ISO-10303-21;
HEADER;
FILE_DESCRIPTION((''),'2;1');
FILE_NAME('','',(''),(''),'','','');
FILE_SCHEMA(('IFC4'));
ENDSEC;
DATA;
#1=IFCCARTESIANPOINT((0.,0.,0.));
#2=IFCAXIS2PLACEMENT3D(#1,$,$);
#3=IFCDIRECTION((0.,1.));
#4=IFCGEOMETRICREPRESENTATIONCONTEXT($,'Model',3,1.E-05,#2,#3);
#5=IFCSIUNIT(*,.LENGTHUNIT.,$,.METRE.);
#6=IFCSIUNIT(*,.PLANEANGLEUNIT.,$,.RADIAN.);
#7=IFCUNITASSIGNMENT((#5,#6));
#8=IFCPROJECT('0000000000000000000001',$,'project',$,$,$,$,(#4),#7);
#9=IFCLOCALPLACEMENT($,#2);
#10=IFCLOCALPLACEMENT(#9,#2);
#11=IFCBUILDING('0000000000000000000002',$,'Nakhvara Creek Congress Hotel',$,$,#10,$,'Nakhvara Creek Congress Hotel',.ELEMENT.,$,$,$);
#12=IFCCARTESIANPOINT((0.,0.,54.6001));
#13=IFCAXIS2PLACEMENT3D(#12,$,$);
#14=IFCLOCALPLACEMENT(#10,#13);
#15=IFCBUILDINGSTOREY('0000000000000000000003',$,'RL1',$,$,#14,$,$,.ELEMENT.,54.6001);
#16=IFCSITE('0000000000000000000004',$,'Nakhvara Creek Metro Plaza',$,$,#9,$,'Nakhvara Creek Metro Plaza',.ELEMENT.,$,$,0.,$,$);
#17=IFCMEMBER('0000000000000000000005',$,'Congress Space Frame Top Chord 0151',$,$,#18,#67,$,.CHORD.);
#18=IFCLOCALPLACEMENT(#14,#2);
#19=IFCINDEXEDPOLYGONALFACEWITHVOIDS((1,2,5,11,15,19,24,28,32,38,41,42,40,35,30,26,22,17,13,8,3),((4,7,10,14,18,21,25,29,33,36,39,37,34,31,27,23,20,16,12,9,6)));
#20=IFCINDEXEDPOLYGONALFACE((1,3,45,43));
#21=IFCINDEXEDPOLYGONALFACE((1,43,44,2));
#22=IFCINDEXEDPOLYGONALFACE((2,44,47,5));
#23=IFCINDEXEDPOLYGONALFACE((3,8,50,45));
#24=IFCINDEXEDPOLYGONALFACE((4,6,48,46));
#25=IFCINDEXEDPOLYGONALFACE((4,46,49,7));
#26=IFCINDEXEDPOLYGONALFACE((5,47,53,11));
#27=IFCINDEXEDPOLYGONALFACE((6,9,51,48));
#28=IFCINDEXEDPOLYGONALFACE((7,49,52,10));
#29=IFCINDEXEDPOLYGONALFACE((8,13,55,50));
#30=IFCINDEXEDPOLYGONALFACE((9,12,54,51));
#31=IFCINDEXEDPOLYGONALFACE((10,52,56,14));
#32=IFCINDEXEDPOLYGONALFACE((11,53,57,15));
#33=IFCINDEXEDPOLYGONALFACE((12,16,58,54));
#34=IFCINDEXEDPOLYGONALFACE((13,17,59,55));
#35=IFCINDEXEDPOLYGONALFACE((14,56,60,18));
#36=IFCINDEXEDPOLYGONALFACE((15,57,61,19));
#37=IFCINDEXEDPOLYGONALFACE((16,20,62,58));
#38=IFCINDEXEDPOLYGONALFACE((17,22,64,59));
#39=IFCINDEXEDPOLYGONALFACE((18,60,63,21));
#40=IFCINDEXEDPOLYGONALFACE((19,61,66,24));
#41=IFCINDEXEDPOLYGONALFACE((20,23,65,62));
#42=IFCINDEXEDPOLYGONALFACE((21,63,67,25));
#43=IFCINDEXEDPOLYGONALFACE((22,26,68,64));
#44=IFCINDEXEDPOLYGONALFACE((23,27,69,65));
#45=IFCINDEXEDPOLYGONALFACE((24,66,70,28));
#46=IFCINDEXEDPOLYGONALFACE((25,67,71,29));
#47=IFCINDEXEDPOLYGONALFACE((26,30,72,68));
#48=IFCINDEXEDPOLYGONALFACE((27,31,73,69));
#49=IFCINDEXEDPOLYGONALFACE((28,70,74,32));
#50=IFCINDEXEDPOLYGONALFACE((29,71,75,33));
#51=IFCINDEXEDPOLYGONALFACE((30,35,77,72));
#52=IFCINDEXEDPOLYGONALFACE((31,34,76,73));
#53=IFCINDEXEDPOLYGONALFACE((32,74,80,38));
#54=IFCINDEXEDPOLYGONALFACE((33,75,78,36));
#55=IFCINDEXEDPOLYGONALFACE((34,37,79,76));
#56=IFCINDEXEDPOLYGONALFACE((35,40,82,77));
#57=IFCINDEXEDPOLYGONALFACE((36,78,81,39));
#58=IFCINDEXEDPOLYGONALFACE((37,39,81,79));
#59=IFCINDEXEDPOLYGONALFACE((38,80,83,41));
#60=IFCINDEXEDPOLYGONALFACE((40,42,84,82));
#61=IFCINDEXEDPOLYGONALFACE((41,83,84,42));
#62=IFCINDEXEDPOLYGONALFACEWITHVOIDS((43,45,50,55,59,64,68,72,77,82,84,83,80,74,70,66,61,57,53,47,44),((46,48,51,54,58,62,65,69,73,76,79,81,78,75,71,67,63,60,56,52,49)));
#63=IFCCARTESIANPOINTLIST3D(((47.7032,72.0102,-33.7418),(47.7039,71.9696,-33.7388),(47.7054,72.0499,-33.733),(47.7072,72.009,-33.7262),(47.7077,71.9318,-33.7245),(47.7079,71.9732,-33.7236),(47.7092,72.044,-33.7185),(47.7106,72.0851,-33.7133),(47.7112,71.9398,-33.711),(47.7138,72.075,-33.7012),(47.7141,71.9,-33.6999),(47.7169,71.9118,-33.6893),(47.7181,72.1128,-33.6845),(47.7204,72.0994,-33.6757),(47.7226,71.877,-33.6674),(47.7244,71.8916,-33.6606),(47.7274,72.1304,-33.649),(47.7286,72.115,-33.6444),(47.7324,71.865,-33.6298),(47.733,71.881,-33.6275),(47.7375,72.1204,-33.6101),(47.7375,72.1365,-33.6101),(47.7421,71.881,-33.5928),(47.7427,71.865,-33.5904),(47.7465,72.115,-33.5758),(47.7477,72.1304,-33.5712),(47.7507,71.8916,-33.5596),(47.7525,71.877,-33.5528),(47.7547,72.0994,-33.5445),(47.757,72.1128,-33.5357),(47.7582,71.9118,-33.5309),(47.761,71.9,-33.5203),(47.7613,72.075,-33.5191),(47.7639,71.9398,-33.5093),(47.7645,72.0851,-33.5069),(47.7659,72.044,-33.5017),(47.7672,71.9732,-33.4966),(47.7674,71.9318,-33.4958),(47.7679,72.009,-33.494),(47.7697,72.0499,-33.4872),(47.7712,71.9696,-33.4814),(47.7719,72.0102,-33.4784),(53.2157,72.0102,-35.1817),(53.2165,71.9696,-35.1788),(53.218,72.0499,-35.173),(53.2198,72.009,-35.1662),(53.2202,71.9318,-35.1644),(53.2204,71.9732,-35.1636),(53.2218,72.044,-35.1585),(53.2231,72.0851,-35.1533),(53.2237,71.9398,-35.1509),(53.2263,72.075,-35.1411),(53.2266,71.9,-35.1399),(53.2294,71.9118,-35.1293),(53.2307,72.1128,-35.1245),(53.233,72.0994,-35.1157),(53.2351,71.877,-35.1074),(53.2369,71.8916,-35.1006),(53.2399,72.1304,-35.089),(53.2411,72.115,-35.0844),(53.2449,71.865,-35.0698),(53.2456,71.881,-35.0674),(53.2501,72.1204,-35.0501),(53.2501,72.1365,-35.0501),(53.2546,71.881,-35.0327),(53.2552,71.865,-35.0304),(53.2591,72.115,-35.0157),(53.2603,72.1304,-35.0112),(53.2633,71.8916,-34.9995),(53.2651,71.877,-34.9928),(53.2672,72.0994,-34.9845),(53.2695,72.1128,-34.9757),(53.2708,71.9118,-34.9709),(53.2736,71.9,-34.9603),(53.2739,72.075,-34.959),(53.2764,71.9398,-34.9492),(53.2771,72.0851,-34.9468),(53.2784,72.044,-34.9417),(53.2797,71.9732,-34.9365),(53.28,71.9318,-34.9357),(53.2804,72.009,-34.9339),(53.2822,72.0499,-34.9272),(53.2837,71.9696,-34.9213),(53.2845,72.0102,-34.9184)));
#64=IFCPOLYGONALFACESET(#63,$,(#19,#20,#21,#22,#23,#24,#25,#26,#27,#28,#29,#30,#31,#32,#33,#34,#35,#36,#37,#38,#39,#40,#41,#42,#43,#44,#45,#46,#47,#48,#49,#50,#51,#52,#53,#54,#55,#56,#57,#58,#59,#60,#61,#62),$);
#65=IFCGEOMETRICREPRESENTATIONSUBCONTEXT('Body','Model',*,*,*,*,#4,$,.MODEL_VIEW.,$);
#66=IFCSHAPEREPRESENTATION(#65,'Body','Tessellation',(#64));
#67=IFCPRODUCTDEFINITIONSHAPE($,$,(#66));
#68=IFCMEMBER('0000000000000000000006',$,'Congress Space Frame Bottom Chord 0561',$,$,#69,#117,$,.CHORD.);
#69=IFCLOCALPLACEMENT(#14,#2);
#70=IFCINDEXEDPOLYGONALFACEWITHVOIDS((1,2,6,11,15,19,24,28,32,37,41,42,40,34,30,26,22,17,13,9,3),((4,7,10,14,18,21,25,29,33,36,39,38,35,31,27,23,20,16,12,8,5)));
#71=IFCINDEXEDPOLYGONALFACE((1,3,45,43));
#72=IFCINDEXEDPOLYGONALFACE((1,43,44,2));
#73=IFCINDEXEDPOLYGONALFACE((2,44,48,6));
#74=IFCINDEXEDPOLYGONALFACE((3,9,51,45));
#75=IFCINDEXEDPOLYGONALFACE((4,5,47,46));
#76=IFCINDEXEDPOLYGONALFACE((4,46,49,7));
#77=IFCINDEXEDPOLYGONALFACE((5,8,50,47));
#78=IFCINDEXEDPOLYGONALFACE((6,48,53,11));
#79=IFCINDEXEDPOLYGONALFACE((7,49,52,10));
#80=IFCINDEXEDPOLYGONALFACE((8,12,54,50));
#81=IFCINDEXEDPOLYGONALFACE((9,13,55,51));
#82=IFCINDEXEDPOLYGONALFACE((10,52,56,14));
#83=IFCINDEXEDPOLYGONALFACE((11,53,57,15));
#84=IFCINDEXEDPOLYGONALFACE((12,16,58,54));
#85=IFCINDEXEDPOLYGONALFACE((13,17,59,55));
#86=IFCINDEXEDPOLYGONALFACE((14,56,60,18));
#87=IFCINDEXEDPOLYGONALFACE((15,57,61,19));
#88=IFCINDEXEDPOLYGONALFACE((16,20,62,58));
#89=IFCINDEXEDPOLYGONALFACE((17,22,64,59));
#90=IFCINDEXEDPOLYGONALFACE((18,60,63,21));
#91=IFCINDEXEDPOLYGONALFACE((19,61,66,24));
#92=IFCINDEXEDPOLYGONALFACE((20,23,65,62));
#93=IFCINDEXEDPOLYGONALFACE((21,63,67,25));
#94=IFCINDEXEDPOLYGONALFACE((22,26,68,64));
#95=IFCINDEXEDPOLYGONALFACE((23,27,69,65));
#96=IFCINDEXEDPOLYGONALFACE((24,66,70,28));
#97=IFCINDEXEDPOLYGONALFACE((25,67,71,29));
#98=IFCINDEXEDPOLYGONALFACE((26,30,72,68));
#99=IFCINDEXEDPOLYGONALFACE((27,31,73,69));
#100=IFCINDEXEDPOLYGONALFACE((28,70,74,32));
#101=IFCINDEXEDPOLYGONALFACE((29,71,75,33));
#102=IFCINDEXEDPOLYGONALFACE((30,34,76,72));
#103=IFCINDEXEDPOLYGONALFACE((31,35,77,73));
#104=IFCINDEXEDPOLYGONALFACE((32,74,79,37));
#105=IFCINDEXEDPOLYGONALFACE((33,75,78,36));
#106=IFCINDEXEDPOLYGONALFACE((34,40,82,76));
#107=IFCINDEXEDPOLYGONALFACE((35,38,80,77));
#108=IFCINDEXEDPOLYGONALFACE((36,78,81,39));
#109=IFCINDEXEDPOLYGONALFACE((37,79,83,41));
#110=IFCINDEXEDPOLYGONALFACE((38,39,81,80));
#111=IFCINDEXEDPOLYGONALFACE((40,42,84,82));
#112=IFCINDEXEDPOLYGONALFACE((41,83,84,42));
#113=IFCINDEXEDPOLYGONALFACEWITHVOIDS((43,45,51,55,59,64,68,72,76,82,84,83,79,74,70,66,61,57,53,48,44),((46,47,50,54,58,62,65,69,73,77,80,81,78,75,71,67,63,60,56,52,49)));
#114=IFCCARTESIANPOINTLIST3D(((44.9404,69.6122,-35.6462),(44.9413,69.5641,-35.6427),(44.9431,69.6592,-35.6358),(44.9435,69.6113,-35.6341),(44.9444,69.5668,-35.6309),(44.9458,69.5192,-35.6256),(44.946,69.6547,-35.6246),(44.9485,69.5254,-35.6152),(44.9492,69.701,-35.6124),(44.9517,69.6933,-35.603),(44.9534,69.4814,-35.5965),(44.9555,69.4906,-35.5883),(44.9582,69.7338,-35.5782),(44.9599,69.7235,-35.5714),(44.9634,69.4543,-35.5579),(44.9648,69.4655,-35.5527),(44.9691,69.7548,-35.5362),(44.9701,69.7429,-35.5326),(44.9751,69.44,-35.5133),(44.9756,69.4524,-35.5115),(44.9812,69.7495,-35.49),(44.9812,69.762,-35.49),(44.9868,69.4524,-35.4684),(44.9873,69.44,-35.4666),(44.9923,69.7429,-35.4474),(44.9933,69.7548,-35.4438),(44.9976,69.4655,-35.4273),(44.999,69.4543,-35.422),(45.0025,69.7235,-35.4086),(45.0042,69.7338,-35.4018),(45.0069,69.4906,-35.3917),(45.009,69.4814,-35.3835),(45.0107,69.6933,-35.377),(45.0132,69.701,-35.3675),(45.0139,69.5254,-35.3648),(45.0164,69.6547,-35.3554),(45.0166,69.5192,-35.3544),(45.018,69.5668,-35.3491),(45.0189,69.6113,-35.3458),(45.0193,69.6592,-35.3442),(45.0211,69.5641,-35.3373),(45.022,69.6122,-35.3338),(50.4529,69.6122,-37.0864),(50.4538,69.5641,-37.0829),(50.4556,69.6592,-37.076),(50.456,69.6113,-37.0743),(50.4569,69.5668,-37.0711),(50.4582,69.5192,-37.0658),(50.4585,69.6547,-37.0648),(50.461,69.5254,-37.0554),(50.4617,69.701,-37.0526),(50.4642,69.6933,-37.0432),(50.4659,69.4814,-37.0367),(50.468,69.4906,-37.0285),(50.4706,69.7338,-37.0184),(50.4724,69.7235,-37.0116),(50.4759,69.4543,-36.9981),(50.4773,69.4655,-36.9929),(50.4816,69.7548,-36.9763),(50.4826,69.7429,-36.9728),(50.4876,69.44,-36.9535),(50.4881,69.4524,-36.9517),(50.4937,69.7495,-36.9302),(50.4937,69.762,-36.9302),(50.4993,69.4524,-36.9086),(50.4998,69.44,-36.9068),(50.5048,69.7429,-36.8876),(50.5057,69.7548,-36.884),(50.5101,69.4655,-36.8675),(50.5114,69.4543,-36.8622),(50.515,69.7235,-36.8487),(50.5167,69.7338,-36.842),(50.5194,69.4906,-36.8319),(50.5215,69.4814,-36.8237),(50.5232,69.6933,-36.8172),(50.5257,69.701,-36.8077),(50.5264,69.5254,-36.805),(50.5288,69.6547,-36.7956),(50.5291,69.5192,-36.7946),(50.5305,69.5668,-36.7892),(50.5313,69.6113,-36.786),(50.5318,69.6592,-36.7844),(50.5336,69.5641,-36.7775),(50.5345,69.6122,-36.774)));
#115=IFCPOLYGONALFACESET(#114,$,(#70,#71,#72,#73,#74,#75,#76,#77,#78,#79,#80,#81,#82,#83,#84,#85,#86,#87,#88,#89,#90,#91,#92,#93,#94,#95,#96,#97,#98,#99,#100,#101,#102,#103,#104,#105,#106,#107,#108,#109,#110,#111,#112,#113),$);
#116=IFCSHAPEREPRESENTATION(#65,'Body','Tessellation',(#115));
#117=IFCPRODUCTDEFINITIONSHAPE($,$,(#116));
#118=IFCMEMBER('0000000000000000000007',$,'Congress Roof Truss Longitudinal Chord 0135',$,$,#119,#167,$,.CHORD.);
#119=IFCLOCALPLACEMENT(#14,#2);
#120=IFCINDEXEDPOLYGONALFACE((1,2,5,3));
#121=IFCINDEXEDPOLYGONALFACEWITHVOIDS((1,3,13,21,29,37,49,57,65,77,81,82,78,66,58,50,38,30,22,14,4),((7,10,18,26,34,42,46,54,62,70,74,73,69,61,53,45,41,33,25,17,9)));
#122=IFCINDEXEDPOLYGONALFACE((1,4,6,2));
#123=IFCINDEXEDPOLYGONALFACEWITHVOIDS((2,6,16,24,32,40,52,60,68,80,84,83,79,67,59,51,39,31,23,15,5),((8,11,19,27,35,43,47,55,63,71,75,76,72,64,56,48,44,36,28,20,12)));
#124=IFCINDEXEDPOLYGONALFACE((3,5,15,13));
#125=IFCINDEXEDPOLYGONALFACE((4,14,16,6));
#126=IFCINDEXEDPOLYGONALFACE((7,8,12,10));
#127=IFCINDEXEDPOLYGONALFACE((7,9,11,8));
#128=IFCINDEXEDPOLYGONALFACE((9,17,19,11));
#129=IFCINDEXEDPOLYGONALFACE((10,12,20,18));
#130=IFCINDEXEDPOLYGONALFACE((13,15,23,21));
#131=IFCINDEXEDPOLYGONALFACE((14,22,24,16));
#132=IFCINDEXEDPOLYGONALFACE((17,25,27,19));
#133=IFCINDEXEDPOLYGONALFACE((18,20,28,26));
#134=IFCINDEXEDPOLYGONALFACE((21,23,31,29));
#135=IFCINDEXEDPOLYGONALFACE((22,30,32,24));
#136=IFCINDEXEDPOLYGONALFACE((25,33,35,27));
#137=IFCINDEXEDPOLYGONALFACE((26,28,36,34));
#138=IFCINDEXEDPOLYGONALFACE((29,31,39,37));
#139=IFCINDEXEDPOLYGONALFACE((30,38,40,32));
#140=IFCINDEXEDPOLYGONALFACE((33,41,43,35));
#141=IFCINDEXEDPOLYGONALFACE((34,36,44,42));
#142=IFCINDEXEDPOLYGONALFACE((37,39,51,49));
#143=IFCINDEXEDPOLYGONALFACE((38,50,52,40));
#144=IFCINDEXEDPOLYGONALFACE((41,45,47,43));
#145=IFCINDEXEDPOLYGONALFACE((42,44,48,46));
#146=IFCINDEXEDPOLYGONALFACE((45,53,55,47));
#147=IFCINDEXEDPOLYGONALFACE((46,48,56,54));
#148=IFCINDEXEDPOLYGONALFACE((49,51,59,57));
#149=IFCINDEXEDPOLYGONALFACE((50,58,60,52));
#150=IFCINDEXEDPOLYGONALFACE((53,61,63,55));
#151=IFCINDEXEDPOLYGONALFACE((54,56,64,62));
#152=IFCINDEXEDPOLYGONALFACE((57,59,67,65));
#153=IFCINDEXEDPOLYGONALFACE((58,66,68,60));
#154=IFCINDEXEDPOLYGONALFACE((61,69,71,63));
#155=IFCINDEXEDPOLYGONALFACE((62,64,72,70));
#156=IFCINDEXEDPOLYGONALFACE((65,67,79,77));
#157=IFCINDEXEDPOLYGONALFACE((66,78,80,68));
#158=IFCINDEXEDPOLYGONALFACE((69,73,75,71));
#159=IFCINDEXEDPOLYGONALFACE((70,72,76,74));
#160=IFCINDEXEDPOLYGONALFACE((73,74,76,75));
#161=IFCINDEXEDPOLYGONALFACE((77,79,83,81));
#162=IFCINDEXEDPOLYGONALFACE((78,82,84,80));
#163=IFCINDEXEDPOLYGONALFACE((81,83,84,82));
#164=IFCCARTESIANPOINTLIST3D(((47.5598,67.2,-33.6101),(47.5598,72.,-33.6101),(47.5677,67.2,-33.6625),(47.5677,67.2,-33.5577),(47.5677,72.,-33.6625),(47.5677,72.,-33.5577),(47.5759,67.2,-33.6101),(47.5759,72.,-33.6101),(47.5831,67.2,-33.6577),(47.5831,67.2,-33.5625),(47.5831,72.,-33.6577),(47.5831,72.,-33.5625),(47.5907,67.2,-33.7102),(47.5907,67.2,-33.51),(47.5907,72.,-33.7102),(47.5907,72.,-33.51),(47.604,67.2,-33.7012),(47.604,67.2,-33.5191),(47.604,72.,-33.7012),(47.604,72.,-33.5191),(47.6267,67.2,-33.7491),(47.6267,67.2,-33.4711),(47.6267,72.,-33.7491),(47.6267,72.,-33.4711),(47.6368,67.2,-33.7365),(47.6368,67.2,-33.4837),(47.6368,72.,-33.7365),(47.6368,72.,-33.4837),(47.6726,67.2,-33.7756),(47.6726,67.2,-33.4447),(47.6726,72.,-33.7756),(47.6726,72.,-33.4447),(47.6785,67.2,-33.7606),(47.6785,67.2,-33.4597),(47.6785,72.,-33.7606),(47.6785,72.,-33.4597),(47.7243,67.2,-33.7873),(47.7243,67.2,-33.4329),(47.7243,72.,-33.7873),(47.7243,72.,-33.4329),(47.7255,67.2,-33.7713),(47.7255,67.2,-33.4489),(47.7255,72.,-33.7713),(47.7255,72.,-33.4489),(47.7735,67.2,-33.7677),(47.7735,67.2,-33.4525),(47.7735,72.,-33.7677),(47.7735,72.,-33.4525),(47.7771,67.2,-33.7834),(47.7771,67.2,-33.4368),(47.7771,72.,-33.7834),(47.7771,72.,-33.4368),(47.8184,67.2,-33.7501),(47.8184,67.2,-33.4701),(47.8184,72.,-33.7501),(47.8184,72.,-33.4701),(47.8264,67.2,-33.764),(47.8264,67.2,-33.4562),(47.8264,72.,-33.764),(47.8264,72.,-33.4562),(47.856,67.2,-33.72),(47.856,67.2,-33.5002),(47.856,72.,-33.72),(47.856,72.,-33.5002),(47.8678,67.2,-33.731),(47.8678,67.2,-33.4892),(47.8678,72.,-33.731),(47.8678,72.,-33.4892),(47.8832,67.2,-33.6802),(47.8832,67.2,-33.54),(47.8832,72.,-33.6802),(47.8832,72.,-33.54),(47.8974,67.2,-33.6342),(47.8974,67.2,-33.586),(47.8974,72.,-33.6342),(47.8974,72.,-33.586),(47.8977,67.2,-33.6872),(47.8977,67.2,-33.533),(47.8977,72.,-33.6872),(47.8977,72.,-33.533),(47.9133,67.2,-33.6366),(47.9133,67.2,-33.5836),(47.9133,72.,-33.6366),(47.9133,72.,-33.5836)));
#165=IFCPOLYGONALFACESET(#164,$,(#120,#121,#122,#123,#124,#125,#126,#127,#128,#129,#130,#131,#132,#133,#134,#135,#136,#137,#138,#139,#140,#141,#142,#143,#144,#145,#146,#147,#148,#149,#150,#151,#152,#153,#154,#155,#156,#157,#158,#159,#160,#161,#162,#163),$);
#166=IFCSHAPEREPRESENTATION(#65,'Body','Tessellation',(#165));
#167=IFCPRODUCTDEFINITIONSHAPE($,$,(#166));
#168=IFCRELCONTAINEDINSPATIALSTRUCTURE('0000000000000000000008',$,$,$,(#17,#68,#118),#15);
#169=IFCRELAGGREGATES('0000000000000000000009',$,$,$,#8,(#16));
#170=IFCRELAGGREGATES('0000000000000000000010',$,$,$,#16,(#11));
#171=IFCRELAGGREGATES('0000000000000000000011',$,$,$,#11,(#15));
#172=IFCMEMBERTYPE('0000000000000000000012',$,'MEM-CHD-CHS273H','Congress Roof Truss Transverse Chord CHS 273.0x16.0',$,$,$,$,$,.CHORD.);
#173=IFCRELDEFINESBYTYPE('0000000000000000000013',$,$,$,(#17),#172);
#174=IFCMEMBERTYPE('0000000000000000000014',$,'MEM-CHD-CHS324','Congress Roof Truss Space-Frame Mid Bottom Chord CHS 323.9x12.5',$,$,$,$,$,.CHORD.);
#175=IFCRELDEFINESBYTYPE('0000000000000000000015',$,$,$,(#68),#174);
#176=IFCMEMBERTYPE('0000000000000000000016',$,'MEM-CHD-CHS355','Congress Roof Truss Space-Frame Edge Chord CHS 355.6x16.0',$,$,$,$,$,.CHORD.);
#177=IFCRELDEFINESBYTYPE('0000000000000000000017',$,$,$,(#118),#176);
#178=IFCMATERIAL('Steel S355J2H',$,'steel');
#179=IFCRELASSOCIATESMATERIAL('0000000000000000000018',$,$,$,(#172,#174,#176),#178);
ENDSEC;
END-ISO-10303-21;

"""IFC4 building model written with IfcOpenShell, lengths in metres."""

from ifc_helpers import new_model, si_unit, direction, frame, origin, origin_2d, place, context, subcontext, project, spatial, hollow_circle, extrude, material, material_profile, profile_set, type_object, element, save


model = new_model("IFC4")

# Units and contexts
model_context = context("Model", 3, precision=1e-05, world=origin(), true_north=direction((0.0, 1.0)))
body_context = subcontext(model_context, "Body", "Model", "MODEL_VIEW")
ifc_project = project(units=[si_unit("LENGTHUNIT", "METRE"), si_unit("PLANEANGLEUNIT", "RADIAN")], contexts=[model_context])

# Site, building, storey
site_placement = place(None, origin())
site = spatial("IfcSite", under=ifc_project, at=site_placement, Name="Nakhvara Creek Metro Plaza", LongName="Nakhvara Creek Metro Plaza", CompositionType="ELEMENT", RefElevation=0.0)
building_placement = place(site_placement, origin())
building = spatial("IfcBuilding", under=site, at=building_placement, Name="Nakhvara Creek Congress Hotel", LongName="Nakhvara Creek Congress Hotel", CompositionType="ELEMENT")
storey_placement = place(building_placement, frame((0.0, 0.0, 54.6001)))
storey = spatial("IfcBuildingStorey", under=building, at=storey_placement, Name="RL1", CompositionType="ELEMENT", Elevation=54.6001)

# Members
ifc_material_1 = material(Name="Steel S355J2H", Category="steel")
ifc_material_profile_1 = material_profile(ifc_material_1, hollow_circle(Radius=0.1365, WallThickness=0.0161, at=origin_2d()), Name="CHS 273.0x16.0", Category="LoadBearing")
ifc_profile_set_1 = profile_set([ifc_material_profile_1], Name="Steel S355J2H")
member_type_1 = type_object("IfcMemberType", Name="MEM-CHD-CHS273H", Description="Congress Roof Truss Transverse Chord CHS 273.0x16.0", PredefinedType="CHORD", material=ifc_profile_set_1)
for number, where, z_axis, x_axis, name in (
    (1, (47.7375, 72.0, -33.6101), (0.967535, 0.0, -0.252736), (0.0, 1.0, 0.0), "Congress Space Frame Top Chord 0151"),
):
    element("IfcMember", number, at=place(storey_placement, frame(where, z_axis=z_axis, x_axis=x_axis)), inside=storey, type_object=member_type_1, Name=name, PredefinedType="CHORD", context=body_context, shape_type="SweptSolid", body=[
        extrude(hollow_circle(Radius=0.1365, WallThickness=0.0161, at=origin_2d()), origin(), (0.0, 0.0, 1.0), 5.6975),
    ])
ifc_material_profile_2 = material_profile(ifc_material_1, hollow_circle(Radius=0.1619, WallThickness=0.0125, at=origin_2d()), Name="CHS 323.9x12.5", Category="LoadBearing")
ifc_profile_set_2 = profile_set([ifc_material_profile_2], Name="Steel S355J2H")
member_type_2 = type_object("IfcMemberType", Name="MEM-CHD-CHS324", Description="Congress Roof Truss Space-Frame Mid Bottom Chord CHS 323.9x12.5", PredefinedType="CHORD", material=ifc_profile_set_2)
member_1_placement = place(storey_placement, frame((44.9812, 69.6001, -35.49), z_axis=(0.967525, 0.0, -0.252776), x_axis=(0.0, 1.0, 0.0)))
element("IfcMember", 2, at=member_1_placement, inside=storey, type_object=member_type_2, Name="Congress Space Frame Bottom Chord 0561", PredefinedType="CHORD", context=body_context, shape_type="SweptSolid", body=[
    extrude(hollow_circle(Radius=0.1619, WallThickness=0.0125, at=origin_2d()), origin(), (0.0, 0.0, 1.0), 5.6975),
])
ifc_material_profile_3 = material_profile(ifc_material_1, hollow_circle(Radius=0.1777, WallThickness=0.0161, at=origin_2d()), Name="CHS 355.6x16.0", Category="LoadBearing")
ifc_profile_set_3 = profile_set([ifc_material_profile_3], Name="Steel S355J2H")
member_type_3 = type_object("IfcMemberType", Name="MEM-CHD-CHS355", Description="Congress Roof Truss Space-Frame Edge Chord CHS 355.6x16.0", PredefinedType="CHORD", material=ifc_profile_set_3)
for number, where, z_axis, x_axis, name in (
    (3, (47.7375, 67.2, -33.6101), (0.0, 1.0, 0.0), (-1.0, 0.0, 0.0), "Congress Roof Truss Longitudinal Chord 0135"),
):
    element("IfcMember", number, at=place(storey_placement, frame(where, z_axis=z_axis, x_axis=x_axis)), inside=storey, type_object=member_type_3, Name=name, PredefinedType="CHORD", context=body_context, shape_type="SweptSolid", body=[
        extrude(hollow_circle(Radius=0.1777, WallThickness=0.0161, at=origin_2d()), origin(), (0.0, 0.0, 1.0), 4.8),
    ])

save(model, "model.ifc")
